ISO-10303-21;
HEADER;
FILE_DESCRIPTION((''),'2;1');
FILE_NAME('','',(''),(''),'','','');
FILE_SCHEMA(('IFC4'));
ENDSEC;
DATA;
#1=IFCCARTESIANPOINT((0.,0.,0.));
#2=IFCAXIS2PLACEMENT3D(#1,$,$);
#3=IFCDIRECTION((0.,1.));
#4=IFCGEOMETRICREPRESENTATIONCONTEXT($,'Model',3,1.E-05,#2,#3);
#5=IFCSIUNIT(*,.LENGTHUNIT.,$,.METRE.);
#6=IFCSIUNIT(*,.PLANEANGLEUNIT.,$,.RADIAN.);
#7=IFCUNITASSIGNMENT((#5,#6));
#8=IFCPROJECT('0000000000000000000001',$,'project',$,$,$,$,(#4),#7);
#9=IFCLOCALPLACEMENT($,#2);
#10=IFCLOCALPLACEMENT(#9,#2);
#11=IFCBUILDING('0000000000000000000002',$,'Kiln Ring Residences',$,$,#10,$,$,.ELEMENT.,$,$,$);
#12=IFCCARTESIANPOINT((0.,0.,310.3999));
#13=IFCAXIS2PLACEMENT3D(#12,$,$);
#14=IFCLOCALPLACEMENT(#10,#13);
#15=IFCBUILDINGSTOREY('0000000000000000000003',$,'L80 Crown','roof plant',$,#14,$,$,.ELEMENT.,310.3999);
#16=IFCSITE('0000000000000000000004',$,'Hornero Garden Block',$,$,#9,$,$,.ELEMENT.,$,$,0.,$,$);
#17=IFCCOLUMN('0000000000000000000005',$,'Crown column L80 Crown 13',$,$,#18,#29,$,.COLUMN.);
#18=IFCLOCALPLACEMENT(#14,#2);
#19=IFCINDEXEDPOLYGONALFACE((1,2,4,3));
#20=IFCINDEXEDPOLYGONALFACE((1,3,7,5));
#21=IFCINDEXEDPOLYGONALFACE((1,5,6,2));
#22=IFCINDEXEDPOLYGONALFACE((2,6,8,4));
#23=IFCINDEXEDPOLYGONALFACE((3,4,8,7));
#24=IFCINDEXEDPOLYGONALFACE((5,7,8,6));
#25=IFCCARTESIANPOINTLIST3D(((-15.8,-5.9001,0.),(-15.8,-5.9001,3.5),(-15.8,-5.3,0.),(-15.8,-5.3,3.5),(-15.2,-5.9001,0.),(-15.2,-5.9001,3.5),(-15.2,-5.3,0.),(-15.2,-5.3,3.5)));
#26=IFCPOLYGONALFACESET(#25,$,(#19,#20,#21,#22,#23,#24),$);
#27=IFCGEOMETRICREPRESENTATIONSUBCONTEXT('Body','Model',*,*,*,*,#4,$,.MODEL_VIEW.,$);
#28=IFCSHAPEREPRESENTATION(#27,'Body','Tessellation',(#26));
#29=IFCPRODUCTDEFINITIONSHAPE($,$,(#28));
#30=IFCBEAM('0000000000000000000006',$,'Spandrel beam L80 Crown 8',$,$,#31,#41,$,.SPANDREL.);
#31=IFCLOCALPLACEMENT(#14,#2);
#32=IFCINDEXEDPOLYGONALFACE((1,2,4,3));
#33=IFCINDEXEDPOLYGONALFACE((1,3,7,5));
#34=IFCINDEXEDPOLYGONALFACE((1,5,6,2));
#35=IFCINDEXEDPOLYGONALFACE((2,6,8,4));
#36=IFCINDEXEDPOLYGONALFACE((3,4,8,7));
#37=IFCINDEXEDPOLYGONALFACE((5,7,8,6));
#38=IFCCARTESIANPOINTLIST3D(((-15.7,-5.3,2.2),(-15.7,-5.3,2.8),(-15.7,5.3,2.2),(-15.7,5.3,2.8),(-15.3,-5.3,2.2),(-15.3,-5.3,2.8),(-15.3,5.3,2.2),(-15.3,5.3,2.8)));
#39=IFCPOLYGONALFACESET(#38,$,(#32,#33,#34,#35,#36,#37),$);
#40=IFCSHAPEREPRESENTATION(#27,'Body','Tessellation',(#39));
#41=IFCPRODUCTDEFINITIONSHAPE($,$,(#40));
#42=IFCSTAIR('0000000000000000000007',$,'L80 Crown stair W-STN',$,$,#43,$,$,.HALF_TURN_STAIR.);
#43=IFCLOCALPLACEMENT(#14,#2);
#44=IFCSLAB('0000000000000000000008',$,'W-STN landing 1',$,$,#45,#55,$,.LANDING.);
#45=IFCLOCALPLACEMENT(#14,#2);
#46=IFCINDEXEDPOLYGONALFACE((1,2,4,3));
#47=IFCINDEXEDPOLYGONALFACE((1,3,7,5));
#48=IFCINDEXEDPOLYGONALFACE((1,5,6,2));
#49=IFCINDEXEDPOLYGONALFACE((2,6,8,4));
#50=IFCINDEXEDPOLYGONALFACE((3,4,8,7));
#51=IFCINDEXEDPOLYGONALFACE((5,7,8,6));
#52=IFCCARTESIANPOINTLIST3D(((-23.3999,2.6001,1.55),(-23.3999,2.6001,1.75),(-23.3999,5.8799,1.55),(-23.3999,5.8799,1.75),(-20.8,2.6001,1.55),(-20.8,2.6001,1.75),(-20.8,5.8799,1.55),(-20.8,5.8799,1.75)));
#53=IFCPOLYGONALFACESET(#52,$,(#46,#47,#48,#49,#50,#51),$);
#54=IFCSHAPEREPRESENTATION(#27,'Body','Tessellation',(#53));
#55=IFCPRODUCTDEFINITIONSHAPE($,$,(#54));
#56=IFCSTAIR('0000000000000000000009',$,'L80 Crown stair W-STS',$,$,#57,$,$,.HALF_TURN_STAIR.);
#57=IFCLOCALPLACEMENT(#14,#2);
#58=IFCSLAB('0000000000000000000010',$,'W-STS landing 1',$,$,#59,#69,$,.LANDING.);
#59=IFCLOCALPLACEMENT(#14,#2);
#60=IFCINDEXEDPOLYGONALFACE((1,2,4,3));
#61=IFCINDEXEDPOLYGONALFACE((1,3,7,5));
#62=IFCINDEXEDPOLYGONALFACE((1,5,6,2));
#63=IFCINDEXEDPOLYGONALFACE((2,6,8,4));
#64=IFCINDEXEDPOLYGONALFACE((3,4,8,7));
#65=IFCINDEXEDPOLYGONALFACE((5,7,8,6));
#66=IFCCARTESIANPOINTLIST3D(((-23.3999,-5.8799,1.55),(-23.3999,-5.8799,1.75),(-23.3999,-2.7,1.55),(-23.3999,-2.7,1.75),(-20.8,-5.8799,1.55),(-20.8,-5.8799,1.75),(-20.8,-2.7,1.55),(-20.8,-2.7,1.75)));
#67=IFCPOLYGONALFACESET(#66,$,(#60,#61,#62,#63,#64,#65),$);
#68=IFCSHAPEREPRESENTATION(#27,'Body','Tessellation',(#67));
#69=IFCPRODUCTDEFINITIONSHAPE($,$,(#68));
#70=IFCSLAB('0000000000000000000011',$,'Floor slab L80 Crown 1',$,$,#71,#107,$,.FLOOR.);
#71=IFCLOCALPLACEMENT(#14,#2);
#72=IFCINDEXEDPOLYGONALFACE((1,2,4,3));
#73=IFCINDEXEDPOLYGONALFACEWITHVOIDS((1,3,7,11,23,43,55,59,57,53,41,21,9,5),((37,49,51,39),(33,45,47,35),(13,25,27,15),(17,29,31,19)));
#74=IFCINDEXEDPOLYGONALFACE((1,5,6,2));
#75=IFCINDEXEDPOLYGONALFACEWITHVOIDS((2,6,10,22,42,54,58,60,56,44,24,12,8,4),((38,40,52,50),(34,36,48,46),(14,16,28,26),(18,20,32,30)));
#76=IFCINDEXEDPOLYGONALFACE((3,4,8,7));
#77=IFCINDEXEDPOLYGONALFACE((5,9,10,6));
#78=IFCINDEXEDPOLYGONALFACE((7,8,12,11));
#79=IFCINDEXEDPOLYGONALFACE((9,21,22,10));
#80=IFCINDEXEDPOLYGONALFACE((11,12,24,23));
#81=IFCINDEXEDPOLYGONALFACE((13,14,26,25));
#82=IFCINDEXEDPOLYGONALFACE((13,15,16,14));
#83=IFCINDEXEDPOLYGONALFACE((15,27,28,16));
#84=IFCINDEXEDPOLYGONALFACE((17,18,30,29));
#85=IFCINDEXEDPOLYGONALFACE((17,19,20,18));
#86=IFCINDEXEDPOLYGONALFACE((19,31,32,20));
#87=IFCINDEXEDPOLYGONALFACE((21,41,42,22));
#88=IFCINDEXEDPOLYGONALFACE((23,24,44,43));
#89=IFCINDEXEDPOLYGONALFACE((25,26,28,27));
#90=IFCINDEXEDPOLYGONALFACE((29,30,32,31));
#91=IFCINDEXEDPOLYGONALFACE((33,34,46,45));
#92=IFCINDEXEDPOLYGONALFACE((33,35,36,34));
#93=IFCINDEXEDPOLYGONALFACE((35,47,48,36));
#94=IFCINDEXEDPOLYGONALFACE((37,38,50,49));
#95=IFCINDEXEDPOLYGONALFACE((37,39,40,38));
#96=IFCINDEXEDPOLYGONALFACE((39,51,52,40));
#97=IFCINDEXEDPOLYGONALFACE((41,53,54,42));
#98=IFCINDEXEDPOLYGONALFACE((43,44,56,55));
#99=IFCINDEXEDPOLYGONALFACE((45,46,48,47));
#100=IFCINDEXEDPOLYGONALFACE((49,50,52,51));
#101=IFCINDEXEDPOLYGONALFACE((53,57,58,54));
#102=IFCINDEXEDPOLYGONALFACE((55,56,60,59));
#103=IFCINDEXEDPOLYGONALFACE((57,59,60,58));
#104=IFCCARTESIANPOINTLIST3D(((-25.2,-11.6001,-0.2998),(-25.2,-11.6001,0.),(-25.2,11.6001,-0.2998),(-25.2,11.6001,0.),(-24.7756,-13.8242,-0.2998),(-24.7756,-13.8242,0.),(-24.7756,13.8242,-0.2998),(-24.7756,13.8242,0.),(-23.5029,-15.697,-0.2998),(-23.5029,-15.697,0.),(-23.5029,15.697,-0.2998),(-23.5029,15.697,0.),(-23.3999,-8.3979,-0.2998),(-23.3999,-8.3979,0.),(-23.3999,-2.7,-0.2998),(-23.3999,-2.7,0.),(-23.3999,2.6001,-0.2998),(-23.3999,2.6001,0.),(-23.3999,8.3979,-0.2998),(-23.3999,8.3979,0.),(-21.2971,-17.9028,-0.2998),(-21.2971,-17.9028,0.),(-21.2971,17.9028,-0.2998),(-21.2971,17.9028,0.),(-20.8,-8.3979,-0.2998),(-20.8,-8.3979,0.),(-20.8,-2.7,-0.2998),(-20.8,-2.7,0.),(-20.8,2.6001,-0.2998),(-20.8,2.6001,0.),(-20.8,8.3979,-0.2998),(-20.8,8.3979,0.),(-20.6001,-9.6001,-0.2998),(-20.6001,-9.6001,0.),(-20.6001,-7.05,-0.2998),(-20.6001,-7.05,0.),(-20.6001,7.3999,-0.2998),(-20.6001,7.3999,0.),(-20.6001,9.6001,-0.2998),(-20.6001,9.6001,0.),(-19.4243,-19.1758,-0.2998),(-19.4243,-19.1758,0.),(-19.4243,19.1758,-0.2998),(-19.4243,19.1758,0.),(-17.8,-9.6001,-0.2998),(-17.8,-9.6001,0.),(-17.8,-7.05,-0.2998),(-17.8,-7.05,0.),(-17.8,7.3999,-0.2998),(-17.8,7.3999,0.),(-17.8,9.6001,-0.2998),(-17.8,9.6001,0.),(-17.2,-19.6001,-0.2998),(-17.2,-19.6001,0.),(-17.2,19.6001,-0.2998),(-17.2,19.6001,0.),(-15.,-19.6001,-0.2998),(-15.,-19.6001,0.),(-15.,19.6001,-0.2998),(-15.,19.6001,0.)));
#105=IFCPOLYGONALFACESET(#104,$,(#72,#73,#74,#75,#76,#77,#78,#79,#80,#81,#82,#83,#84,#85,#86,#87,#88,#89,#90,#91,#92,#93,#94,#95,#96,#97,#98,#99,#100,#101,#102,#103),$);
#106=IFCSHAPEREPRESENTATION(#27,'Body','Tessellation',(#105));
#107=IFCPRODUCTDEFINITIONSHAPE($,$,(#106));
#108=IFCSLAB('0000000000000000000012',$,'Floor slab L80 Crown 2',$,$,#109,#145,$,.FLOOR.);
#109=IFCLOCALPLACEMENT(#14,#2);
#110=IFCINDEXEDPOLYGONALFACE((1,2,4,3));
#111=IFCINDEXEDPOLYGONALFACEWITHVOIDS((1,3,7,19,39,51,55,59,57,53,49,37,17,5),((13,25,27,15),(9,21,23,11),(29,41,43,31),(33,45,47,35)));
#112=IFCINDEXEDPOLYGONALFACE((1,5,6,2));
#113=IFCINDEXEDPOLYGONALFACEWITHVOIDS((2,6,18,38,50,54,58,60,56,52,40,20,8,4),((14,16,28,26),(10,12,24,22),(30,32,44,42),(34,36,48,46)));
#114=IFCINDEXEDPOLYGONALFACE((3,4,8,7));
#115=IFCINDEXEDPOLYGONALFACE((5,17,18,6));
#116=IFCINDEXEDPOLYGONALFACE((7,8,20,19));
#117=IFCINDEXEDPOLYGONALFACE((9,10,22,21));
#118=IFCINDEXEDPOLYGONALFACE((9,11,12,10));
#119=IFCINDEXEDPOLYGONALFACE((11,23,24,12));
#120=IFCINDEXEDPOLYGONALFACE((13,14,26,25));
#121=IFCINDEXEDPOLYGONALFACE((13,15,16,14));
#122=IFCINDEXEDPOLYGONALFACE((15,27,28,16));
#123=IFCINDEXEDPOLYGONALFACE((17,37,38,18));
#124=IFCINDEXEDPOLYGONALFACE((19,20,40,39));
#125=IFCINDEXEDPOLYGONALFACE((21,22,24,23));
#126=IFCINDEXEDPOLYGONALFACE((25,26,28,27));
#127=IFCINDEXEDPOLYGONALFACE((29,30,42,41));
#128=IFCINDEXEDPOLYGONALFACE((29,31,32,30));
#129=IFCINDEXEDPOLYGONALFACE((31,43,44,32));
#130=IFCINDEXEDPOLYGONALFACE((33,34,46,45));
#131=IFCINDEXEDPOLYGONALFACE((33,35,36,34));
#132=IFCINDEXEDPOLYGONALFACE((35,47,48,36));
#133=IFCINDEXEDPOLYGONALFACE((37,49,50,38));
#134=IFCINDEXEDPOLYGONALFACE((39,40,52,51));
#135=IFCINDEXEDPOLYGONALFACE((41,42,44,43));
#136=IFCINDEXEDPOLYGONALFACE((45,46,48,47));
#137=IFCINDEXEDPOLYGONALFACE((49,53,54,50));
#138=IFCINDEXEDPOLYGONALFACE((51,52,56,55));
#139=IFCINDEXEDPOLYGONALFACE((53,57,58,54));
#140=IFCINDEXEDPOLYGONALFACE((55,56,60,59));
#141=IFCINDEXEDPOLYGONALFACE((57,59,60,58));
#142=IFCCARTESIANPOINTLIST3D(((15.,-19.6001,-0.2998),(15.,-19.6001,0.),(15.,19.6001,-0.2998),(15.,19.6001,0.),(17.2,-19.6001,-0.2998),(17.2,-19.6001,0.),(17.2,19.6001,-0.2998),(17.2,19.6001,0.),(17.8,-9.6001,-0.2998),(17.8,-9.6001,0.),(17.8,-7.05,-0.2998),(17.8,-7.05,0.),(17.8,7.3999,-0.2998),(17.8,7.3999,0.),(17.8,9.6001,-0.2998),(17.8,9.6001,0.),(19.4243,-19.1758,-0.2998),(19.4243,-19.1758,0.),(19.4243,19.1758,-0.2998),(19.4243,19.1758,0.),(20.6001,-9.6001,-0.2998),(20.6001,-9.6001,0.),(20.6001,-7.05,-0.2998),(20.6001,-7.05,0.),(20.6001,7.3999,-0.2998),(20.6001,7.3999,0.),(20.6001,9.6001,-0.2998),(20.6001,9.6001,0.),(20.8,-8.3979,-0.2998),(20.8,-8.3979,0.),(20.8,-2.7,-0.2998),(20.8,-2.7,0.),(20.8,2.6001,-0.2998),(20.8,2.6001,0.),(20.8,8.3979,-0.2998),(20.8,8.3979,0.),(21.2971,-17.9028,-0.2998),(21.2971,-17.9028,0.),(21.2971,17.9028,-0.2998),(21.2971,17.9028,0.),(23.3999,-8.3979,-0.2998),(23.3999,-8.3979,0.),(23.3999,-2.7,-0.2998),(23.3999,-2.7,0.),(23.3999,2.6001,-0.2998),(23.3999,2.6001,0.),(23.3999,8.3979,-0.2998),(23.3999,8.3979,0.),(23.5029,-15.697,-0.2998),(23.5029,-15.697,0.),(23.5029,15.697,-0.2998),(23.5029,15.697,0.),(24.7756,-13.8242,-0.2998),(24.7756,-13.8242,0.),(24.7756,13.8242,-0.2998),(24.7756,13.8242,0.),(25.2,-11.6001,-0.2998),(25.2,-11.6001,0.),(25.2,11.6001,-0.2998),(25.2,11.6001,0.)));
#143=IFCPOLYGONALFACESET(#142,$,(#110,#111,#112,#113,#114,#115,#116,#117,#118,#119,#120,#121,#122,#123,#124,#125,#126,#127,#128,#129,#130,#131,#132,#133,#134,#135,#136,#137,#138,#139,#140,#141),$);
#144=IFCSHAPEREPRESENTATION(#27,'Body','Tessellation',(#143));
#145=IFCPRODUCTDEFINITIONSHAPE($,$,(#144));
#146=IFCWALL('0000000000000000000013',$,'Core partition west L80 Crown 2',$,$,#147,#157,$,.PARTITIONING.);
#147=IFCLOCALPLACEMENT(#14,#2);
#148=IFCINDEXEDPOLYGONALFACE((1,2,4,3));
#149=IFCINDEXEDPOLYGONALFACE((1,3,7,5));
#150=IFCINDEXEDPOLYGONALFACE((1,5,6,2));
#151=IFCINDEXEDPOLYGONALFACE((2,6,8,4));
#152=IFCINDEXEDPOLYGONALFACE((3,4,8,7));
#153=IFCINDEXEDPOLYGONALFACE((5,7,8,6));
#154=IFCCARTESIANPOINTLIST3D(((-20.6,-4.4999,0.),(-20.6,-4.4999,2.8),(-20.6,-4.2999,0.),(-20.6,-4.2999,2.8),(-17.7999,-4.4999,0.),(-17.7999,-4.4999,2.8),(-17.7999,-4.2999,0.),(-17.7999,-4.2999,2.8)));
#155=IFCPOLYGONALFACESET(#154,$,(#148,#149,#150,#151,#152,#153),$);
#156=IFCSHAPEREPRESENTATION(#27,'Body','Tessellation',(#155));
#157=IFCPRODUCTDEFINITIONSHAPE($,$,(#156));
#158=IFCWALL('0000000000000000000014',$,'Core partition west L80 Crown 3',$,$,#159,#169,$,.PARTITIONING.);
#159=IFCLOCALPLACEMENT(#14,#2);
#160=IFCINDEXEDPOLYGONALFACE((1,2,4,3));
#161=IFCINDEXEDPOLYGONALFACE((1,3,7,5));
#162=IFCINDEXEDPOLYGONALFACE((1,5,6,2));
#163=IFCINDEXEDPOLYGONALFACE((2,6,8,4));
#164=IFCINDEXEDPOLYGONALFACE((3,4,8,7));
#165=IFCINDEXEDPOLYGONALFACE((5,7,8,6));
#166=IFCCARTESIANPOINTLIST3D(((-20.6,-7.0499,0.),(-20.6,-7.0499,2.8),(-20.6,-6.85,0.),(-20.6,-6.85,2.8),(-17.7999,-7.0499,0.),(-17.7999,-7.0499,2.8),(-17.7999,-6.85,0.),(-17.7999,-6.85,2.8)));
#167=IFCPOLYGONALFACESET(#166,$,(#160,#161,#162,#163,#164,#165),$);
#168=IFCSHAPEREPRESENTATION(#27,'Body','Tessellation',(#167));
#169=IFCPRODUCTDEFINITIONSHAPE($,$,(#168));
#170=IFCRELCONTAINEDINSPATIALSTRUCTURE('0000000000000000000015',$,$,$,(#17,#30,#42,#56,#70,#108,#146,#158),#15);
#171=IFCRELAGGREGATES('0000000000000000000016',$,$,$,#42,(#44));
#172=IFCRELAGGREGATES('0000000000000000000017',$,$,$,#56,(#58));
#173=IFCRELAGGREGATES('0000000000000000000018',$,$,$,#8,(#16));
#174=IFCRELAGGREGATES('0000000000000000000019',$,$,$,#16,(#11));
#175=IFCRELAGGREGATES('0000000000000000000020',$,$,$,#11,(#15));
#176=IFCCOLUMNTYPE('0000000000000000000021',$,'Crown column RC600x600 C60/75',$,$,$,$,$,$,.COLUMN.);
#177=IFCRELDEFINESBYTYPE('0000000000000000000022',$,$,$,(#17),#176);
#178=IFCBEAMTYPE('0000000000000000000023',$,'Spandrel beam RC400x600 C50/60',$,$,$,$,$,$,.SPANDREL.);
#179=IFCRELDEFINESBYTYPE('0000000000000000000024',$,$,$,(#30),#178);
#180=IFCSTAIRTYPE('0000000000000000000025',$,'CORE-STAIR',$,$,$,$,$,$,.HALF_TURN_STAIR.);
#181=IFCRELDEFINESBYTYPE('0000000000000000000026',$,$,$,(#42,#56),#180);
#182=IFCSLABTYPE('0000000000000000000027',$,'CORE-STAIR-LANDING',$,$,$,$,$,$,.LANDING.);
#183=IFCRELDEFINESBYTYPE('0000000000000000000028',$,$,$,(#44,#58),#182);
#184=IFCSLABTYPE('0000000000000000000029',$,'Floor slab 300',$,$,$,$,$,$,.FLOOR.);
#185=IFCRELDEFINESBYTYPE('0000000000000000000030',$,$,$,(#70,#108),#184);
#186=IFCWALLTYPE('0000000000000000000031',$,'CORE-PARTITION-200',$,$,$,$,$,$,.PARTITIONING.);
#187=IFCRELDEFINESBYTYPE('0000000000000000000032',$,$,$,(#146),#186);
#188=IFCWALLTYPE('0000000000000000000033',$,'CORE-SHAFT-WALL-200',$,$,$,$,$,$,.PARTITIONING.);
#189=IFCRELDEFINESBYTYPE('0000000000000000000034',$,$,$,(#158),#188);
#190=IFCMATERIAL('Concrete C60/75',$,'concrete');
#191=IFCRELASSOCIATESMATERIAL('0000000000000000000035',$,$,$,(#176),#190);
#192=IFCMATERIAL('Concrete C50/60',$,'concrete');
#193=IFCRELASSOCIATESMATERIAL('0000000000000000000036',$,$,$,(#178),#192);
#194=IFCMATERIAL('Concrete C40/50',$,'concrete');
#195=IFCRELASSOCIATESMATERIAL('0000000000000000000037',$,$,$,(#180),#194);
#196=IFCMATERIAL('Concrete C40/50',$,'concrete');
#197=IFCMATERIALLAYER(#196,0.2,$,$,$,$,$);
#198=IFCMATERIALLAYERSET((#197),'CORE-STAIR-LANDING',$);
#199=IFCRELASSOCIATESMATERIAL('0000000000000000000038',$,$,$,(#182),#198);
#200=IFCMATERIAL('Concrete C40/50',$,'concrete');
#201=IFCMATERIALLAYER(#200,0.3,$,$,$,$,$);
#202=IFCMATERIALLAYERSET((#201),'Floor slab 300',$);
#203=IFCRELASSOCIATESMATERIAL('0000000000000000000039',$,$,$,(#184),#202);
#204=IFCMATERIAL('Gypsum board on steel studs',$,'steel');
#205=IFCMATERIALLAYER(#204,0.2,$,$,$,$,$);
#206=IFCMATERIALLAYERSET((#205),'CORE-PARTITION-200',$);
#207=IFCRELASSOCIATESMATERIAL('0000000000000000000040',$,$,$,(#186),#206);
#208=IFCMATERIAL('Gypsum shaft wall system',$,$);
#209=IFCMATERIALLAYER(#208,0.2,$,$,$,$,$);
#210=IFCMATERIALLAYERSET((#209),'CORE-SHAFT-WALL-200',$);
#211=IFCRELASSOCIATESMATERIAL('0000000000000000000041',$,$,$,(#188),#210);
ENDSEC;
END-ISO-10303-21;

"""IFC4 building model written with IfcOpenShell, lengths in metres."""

from ifc_helpers import new_model, si_unit, direction, frame, frame_2d, origin, origin_2d, place, context, subcontext, project, spatial, polyline, rectangle, outline, extrude, material, layer, layer_set, material_profile, profile_set, type_object, element, aggregate, save


model = new_model("IFC4")

# Units and contexts
model_context = context("Model", 3, precision=1e-05, world=origin(), true_north=direction((0.0, 1.0)))
body_context = subcontext(model_context, "Body", "Model", "MODEL_VIEW")
ifc_project = project(units=[si_unit("LENGTHUNIT", "METRE"), si_unit("PLANEANGLEUNIT", "RADIAN")], contexts=[model_context])

# Site, building, storey
site_placement = place(None, origin())
site = spatial("IfcSite", under=ifc_project, at=site_placement, Name="Hornero Garden Block", CompositionType="ELEMENT", RefElevation=0.0)
building_placement = place(site_placement, origin())
building = spatial("IfcBuilding", under=site, at=building_placement, Name="Kiln Ring Residences", CompositionType="ELEMENT")
storey_placement = place(building_placement, frame((0.0, 0.0, 310.3999)))
storey = spatial("IfcBuildingStorey", under=building, at=storey_placement, Name="L80 Crown", Description="roof plant", CompositionType="ELEMENT", Elevation=310.3999)

# Column
ifc_material_1 = material(Name="Concrete C60/75", Category="concrete")
ifc_material_profile_1 = material_profile(ifc_material_1, rectangle(XDim=0.6001, YDim=0.6001, at=origin_2d()), Name="RC600x600")
ifc_profile_set_1 = profile_set([ifc_material_profile_1], Name="Concrete C60/75")
column_type = type_object("IfcColumnType", Name="Crown column RC600x600 C60/75", PredefinedType="COLUMN", material=ifc_profile_set_1)
column_placement = place(storey_placement, frame((-15.5, -5.6001, 0.0), z_axis=(0.0, 0.0, 1.0), x_axis=(1.0, 0.0, 0.0)))
element("IfcColumn", 1, at=column_placement, inside=storey, type_object=column_type, Name="Crown column L80 Crown 13", PredefinedType="COLUMN", context=body_context, shape_type="SweptSolid", body=[
    extrude(rectangle(XDim=0.6001, YDim=0.6001, at=origin_2d()), origin(), (0.0, 0.0, 1.0), 3.5),
])

# Beam
ifc_material_2 = material(Name="Concrete C50/60", Category="concrete")
ifc_material_profile_2 = material_profile(ifc_material_2, rectangle(XDim=0.3999, YDim=0.6001, at=origin_2d()), Name="RC400x600")
ifc_profile_set_2 = profile_set([ifc_material_profile_2], Name="Concrete C50/60")
beam_type = type_object("IfcBeamType", Name="Spandrel beam RC400x600 C50/60", PredefinedType="SPANDREL", material=ifc_profile_set_2)
beam_placement = place(storey_placement, frame((-15.5, -5.3, 2.5), z_axis=(0.0, 1.0, 0.0), x_axis=(-1.0, 0.0, 0.0)))
element("IfcBeam", 2, at=beam_placement, inside=storey, type_object=beam_type, Name="Spandrel beam L80 Crown 8", PredefinedType="SPANDREL", context=body_context, shape_type="SweptSolid", body=[
    extrude(rectangle(XDim=0.3999, YDim=0.6001, at=origin_2d()), origin(), (0.0, 0.0, 1.0), 10.6001),
])

# Stairs, slabs
ifc_material_3 = material(Name="Concrete C40/50", Category="concrete")
stair_type = type_object("IfcStairType", Name="CORE-STAIR", PredefinedType="HALF_TURN_STAIR", material=ifc_material_3)
placement_1 = place(storey_placement, origin())
stair_1 = element("IfcStair", 3, at=placement_1, inside=storey, type_object=stair_type, Name="L80 Crown stair W-STN", PredefinedType="HALF_TURN_STAIR")
ifc_material_4 = material(Name="Concrete C40/50", Category="concrete")
ifc_layer_1 = layer(ifc_material_4, 0.2)
ifc_layer_set_1 = layer_set([ifc_layer_1], Name="CORE-STAIR-LANDING")
slab_type_1 = type_object("IfcSlabType", Name="CORE-STAIR-LANDING", PredefinedType="LANDING", material=ifc_layer_set_1)
placement_2 = place(storey_placement, frame((0.0, 0.0, 1.55)))
slab_1 = element("IfcSlab", 4, at=placement_2, type_object=slab_type_1, Name="W-STN landing 1", PredefinedType="LANDING", context=body_context, shape_type="SweptSolid", body=[
    extrude(outline(polyline([(-23.3999, 5.8799), (-23.3999, 2.6001), (-20.8, 2.6001), (-20.8, 5.8799), (-23.3999, 5.8799)])), origin(), (0.0, 0.0, 1.0), 0.2),
])
aggregate(stair_1, [slab_1])
stair_2 = element("IfcStair", 5, at=placement_1, inside=storey, type_object=stair_type, Name="L80 Crown stair W-STS", PredefinedType="HALF_TURN_STAIR")
slab_2 = element("IfcSlab", 6, at=placement_2, type_object=slab_type_1, Name="W-STS landing 1", PredefinedType="LANDING", context=body_context, shape_type="SweptSolid", body=[
    extrude(outline(polyline([(-20.8, -5.8799), (-20.8, -2.7), (-23.3999, -2.7), (-23.3999, -5.8799), (-20.8, -5.8799)])), origin(), (0.0, 0.0, 1.0), 0.2),
])
aggregate(stair_2, [slab_2])

# Slabs
ifc_material_5 = material(Name="Concrete C40/50", Category="concrete")
ifc_layer_2 = layer(ifc_material_5, 0.3)
ifc_layer_set_2 = layer_set([ifc_layer_2], Name="Floor slab 300")
slab_type_2 = type_object("IfcSlabType", Name="Floor slab 300", PredefinedType="FLOOR", material=ifc_layer_set_2)
placement_3 = place(storey_placement, frame((0.0, 0.0, -0.2998)))
element("IfcSlab", 7, at=placement_3, inside=storey, type_object=slab_type_2, Name="Floor slab L80 Crown 1", PredefinedType="FLOOR", context=body_context, shape_type="SweptSolid", body=[
    extrude(outline(polyline([(-21.2971, -17.9028), (-19.4243, -19.1758), (-17.2, -19.6001), (-15.0, -19.6001), (-15.0, 19.6001), (-17.2, 19.6001), (-19.4243, 19.1758), (-21.2971, 17.9028), (-23.5029, 15.697), (-24.7756, 13.8242), (-25.2, 11.6001), (-25.2, -11.6001), (-24.7756, -13.8242), (-23.5029, -15.697), (-21.2971, -17.9028)]), holes=[polyline([(-17.8, -7.05), (-17.8, -9.6001), (-20.6001, -9.6001), (-20.6001, -7.05), (-17.8, -7.05)]), polyline([(-17.8, 9.6001), (-17.8, 7.3999), (-20.6001, 7.3999), (-20.6001, 9.6001), (-17.8, 9.6001)]), polyline([(-20.8, -2.7), (-20.8, -8.3979), (-23.3999, -8.3979), (-23.3999, -2.7), (-20.8, -2.7)]), polyline([(-20.8, 8.3979), (-20.8, 2.6001), (-23.3999, 2.6001), (-23.3999, 8.3979), (-20.8, 8.3979)])]), origin(), (0.0, 0.0, 1.0), 0.2998),
])
element("IfcSlab", 8, at=placement_3, inside=storey, type_object=slab_type_2, Name="Floor slab L80 Crown 2", PredefinedType="FLOOR", context=body_context, shape_type="SweptSolid", body=[
    extrude(outline(polyline([(15.0, 19.6001), (15.0, -19.6001), (17.2, -19.6001), (19.4243, -19.1758), (21.2971, -17.9028), (23.5029, -15.697), (24.7756, -13.8242), (25.2, -11.6001), (25.2, 11.6001), (24.7756, 13.8242), (23.5029, 15.697), (21.2971, 17.9028), (19.4243, 19.1758), (17.2, 19.6001), (15.0, 19.6001)]), holes=[polyline([(23.3999, -8.3979), (20.8, -8.3979), (20.8, -2.7), (23.3999, -2.7), (23.3999, -8.3979)]), polyline([(23.3999, 2.6001), (20.8, 2.6001), (20.8, 8.3979), (23.3999, 8.3979), (23.3999, 2.6001)]), polyline([(20.6001, -9.6001), (17.8, -9.6001), (17.8, -7.05), (20.6001, -7.05), (20.6001, -9.6001)]), polyline([(20.6001, 7.3999), (17.8, 7.3999), (17.8, 9.6001), (20.6001, 9.6001), (20.6001, 7.3999)])]), origin(), (0.0, 0.0, 1.0), 0.2998),
])

# Walls
ifc_material_6 = material(Name="Gypsum board on steel studs", Category="steel")
ifc_layer_3 = layer(ifc_material_6, 0.2)
ifc_layer_set_3 = layer_set([ifc_layer_3], Name="CORE-PARTITION-200")
wall_type_1 = type_object("IfcWallType", Name="CORE-PARTITION-200", PredefinedType="PARTITIONING", material=ifc_layer_set_3)
wall_1_placement = place(storey_placement, frame((-17.8, -4.3999, 0.0), z_axis=(0.0, 0.0, 1.0), x_axis=(-1.0, 0.0, 0.0)))
element("IfcWall", 9, at=wall_1_placement, inside=storey, type_object=wall_type_1, Name="Core partition west L80 Crown 2", PredefinedType="PARTITIONING", context=body_context, shape_type="SweptSolid", body=[
    extrude(rectangle(XDim=2.8, YDim=0.2, at=frame_2d((1.3999, 0.0))), origin(), (0.0, 0.0, 1.0), 2.8),
])
ifc_material_7 = material(Name="Gypsum shaft wall system")
ifc_layer_4 = layer(ifc_material_7, 0.2)
ifc_layer_set_4 = layer_set([ifc_layer_4], Name="CORE-SHAFT-WALL-200")
wall_type_2 = type_object("IfcWallType", Name="CORE-SHAFT-WALL-200", PredefinedType="PARTITIONING", material=ifc_layer_set_4)
wall_2_placement = place(storey_placement, frame((-17.8, -6.95, 0.0), z_axis=(0.0, 0.0, 1.0), x_axis=(-1.0, 0.0, 0.0)))
element("IfcWall", 10, at=wall_2_placement, inside=storey, type_object=wall_type_2, Name="Core partition west L80 Crown 3", PredefinedType="PARTITIONING", context=body_context, shape_type="SweptSolid", body=[
    extrude(rectangle(XDim=2.8, YDim=0.2, at=frame_2d((1.3999, 0.0))), origin(), (0.0, 0.0, 1.0), 2.8),
])

save(model, "model.ifc")
